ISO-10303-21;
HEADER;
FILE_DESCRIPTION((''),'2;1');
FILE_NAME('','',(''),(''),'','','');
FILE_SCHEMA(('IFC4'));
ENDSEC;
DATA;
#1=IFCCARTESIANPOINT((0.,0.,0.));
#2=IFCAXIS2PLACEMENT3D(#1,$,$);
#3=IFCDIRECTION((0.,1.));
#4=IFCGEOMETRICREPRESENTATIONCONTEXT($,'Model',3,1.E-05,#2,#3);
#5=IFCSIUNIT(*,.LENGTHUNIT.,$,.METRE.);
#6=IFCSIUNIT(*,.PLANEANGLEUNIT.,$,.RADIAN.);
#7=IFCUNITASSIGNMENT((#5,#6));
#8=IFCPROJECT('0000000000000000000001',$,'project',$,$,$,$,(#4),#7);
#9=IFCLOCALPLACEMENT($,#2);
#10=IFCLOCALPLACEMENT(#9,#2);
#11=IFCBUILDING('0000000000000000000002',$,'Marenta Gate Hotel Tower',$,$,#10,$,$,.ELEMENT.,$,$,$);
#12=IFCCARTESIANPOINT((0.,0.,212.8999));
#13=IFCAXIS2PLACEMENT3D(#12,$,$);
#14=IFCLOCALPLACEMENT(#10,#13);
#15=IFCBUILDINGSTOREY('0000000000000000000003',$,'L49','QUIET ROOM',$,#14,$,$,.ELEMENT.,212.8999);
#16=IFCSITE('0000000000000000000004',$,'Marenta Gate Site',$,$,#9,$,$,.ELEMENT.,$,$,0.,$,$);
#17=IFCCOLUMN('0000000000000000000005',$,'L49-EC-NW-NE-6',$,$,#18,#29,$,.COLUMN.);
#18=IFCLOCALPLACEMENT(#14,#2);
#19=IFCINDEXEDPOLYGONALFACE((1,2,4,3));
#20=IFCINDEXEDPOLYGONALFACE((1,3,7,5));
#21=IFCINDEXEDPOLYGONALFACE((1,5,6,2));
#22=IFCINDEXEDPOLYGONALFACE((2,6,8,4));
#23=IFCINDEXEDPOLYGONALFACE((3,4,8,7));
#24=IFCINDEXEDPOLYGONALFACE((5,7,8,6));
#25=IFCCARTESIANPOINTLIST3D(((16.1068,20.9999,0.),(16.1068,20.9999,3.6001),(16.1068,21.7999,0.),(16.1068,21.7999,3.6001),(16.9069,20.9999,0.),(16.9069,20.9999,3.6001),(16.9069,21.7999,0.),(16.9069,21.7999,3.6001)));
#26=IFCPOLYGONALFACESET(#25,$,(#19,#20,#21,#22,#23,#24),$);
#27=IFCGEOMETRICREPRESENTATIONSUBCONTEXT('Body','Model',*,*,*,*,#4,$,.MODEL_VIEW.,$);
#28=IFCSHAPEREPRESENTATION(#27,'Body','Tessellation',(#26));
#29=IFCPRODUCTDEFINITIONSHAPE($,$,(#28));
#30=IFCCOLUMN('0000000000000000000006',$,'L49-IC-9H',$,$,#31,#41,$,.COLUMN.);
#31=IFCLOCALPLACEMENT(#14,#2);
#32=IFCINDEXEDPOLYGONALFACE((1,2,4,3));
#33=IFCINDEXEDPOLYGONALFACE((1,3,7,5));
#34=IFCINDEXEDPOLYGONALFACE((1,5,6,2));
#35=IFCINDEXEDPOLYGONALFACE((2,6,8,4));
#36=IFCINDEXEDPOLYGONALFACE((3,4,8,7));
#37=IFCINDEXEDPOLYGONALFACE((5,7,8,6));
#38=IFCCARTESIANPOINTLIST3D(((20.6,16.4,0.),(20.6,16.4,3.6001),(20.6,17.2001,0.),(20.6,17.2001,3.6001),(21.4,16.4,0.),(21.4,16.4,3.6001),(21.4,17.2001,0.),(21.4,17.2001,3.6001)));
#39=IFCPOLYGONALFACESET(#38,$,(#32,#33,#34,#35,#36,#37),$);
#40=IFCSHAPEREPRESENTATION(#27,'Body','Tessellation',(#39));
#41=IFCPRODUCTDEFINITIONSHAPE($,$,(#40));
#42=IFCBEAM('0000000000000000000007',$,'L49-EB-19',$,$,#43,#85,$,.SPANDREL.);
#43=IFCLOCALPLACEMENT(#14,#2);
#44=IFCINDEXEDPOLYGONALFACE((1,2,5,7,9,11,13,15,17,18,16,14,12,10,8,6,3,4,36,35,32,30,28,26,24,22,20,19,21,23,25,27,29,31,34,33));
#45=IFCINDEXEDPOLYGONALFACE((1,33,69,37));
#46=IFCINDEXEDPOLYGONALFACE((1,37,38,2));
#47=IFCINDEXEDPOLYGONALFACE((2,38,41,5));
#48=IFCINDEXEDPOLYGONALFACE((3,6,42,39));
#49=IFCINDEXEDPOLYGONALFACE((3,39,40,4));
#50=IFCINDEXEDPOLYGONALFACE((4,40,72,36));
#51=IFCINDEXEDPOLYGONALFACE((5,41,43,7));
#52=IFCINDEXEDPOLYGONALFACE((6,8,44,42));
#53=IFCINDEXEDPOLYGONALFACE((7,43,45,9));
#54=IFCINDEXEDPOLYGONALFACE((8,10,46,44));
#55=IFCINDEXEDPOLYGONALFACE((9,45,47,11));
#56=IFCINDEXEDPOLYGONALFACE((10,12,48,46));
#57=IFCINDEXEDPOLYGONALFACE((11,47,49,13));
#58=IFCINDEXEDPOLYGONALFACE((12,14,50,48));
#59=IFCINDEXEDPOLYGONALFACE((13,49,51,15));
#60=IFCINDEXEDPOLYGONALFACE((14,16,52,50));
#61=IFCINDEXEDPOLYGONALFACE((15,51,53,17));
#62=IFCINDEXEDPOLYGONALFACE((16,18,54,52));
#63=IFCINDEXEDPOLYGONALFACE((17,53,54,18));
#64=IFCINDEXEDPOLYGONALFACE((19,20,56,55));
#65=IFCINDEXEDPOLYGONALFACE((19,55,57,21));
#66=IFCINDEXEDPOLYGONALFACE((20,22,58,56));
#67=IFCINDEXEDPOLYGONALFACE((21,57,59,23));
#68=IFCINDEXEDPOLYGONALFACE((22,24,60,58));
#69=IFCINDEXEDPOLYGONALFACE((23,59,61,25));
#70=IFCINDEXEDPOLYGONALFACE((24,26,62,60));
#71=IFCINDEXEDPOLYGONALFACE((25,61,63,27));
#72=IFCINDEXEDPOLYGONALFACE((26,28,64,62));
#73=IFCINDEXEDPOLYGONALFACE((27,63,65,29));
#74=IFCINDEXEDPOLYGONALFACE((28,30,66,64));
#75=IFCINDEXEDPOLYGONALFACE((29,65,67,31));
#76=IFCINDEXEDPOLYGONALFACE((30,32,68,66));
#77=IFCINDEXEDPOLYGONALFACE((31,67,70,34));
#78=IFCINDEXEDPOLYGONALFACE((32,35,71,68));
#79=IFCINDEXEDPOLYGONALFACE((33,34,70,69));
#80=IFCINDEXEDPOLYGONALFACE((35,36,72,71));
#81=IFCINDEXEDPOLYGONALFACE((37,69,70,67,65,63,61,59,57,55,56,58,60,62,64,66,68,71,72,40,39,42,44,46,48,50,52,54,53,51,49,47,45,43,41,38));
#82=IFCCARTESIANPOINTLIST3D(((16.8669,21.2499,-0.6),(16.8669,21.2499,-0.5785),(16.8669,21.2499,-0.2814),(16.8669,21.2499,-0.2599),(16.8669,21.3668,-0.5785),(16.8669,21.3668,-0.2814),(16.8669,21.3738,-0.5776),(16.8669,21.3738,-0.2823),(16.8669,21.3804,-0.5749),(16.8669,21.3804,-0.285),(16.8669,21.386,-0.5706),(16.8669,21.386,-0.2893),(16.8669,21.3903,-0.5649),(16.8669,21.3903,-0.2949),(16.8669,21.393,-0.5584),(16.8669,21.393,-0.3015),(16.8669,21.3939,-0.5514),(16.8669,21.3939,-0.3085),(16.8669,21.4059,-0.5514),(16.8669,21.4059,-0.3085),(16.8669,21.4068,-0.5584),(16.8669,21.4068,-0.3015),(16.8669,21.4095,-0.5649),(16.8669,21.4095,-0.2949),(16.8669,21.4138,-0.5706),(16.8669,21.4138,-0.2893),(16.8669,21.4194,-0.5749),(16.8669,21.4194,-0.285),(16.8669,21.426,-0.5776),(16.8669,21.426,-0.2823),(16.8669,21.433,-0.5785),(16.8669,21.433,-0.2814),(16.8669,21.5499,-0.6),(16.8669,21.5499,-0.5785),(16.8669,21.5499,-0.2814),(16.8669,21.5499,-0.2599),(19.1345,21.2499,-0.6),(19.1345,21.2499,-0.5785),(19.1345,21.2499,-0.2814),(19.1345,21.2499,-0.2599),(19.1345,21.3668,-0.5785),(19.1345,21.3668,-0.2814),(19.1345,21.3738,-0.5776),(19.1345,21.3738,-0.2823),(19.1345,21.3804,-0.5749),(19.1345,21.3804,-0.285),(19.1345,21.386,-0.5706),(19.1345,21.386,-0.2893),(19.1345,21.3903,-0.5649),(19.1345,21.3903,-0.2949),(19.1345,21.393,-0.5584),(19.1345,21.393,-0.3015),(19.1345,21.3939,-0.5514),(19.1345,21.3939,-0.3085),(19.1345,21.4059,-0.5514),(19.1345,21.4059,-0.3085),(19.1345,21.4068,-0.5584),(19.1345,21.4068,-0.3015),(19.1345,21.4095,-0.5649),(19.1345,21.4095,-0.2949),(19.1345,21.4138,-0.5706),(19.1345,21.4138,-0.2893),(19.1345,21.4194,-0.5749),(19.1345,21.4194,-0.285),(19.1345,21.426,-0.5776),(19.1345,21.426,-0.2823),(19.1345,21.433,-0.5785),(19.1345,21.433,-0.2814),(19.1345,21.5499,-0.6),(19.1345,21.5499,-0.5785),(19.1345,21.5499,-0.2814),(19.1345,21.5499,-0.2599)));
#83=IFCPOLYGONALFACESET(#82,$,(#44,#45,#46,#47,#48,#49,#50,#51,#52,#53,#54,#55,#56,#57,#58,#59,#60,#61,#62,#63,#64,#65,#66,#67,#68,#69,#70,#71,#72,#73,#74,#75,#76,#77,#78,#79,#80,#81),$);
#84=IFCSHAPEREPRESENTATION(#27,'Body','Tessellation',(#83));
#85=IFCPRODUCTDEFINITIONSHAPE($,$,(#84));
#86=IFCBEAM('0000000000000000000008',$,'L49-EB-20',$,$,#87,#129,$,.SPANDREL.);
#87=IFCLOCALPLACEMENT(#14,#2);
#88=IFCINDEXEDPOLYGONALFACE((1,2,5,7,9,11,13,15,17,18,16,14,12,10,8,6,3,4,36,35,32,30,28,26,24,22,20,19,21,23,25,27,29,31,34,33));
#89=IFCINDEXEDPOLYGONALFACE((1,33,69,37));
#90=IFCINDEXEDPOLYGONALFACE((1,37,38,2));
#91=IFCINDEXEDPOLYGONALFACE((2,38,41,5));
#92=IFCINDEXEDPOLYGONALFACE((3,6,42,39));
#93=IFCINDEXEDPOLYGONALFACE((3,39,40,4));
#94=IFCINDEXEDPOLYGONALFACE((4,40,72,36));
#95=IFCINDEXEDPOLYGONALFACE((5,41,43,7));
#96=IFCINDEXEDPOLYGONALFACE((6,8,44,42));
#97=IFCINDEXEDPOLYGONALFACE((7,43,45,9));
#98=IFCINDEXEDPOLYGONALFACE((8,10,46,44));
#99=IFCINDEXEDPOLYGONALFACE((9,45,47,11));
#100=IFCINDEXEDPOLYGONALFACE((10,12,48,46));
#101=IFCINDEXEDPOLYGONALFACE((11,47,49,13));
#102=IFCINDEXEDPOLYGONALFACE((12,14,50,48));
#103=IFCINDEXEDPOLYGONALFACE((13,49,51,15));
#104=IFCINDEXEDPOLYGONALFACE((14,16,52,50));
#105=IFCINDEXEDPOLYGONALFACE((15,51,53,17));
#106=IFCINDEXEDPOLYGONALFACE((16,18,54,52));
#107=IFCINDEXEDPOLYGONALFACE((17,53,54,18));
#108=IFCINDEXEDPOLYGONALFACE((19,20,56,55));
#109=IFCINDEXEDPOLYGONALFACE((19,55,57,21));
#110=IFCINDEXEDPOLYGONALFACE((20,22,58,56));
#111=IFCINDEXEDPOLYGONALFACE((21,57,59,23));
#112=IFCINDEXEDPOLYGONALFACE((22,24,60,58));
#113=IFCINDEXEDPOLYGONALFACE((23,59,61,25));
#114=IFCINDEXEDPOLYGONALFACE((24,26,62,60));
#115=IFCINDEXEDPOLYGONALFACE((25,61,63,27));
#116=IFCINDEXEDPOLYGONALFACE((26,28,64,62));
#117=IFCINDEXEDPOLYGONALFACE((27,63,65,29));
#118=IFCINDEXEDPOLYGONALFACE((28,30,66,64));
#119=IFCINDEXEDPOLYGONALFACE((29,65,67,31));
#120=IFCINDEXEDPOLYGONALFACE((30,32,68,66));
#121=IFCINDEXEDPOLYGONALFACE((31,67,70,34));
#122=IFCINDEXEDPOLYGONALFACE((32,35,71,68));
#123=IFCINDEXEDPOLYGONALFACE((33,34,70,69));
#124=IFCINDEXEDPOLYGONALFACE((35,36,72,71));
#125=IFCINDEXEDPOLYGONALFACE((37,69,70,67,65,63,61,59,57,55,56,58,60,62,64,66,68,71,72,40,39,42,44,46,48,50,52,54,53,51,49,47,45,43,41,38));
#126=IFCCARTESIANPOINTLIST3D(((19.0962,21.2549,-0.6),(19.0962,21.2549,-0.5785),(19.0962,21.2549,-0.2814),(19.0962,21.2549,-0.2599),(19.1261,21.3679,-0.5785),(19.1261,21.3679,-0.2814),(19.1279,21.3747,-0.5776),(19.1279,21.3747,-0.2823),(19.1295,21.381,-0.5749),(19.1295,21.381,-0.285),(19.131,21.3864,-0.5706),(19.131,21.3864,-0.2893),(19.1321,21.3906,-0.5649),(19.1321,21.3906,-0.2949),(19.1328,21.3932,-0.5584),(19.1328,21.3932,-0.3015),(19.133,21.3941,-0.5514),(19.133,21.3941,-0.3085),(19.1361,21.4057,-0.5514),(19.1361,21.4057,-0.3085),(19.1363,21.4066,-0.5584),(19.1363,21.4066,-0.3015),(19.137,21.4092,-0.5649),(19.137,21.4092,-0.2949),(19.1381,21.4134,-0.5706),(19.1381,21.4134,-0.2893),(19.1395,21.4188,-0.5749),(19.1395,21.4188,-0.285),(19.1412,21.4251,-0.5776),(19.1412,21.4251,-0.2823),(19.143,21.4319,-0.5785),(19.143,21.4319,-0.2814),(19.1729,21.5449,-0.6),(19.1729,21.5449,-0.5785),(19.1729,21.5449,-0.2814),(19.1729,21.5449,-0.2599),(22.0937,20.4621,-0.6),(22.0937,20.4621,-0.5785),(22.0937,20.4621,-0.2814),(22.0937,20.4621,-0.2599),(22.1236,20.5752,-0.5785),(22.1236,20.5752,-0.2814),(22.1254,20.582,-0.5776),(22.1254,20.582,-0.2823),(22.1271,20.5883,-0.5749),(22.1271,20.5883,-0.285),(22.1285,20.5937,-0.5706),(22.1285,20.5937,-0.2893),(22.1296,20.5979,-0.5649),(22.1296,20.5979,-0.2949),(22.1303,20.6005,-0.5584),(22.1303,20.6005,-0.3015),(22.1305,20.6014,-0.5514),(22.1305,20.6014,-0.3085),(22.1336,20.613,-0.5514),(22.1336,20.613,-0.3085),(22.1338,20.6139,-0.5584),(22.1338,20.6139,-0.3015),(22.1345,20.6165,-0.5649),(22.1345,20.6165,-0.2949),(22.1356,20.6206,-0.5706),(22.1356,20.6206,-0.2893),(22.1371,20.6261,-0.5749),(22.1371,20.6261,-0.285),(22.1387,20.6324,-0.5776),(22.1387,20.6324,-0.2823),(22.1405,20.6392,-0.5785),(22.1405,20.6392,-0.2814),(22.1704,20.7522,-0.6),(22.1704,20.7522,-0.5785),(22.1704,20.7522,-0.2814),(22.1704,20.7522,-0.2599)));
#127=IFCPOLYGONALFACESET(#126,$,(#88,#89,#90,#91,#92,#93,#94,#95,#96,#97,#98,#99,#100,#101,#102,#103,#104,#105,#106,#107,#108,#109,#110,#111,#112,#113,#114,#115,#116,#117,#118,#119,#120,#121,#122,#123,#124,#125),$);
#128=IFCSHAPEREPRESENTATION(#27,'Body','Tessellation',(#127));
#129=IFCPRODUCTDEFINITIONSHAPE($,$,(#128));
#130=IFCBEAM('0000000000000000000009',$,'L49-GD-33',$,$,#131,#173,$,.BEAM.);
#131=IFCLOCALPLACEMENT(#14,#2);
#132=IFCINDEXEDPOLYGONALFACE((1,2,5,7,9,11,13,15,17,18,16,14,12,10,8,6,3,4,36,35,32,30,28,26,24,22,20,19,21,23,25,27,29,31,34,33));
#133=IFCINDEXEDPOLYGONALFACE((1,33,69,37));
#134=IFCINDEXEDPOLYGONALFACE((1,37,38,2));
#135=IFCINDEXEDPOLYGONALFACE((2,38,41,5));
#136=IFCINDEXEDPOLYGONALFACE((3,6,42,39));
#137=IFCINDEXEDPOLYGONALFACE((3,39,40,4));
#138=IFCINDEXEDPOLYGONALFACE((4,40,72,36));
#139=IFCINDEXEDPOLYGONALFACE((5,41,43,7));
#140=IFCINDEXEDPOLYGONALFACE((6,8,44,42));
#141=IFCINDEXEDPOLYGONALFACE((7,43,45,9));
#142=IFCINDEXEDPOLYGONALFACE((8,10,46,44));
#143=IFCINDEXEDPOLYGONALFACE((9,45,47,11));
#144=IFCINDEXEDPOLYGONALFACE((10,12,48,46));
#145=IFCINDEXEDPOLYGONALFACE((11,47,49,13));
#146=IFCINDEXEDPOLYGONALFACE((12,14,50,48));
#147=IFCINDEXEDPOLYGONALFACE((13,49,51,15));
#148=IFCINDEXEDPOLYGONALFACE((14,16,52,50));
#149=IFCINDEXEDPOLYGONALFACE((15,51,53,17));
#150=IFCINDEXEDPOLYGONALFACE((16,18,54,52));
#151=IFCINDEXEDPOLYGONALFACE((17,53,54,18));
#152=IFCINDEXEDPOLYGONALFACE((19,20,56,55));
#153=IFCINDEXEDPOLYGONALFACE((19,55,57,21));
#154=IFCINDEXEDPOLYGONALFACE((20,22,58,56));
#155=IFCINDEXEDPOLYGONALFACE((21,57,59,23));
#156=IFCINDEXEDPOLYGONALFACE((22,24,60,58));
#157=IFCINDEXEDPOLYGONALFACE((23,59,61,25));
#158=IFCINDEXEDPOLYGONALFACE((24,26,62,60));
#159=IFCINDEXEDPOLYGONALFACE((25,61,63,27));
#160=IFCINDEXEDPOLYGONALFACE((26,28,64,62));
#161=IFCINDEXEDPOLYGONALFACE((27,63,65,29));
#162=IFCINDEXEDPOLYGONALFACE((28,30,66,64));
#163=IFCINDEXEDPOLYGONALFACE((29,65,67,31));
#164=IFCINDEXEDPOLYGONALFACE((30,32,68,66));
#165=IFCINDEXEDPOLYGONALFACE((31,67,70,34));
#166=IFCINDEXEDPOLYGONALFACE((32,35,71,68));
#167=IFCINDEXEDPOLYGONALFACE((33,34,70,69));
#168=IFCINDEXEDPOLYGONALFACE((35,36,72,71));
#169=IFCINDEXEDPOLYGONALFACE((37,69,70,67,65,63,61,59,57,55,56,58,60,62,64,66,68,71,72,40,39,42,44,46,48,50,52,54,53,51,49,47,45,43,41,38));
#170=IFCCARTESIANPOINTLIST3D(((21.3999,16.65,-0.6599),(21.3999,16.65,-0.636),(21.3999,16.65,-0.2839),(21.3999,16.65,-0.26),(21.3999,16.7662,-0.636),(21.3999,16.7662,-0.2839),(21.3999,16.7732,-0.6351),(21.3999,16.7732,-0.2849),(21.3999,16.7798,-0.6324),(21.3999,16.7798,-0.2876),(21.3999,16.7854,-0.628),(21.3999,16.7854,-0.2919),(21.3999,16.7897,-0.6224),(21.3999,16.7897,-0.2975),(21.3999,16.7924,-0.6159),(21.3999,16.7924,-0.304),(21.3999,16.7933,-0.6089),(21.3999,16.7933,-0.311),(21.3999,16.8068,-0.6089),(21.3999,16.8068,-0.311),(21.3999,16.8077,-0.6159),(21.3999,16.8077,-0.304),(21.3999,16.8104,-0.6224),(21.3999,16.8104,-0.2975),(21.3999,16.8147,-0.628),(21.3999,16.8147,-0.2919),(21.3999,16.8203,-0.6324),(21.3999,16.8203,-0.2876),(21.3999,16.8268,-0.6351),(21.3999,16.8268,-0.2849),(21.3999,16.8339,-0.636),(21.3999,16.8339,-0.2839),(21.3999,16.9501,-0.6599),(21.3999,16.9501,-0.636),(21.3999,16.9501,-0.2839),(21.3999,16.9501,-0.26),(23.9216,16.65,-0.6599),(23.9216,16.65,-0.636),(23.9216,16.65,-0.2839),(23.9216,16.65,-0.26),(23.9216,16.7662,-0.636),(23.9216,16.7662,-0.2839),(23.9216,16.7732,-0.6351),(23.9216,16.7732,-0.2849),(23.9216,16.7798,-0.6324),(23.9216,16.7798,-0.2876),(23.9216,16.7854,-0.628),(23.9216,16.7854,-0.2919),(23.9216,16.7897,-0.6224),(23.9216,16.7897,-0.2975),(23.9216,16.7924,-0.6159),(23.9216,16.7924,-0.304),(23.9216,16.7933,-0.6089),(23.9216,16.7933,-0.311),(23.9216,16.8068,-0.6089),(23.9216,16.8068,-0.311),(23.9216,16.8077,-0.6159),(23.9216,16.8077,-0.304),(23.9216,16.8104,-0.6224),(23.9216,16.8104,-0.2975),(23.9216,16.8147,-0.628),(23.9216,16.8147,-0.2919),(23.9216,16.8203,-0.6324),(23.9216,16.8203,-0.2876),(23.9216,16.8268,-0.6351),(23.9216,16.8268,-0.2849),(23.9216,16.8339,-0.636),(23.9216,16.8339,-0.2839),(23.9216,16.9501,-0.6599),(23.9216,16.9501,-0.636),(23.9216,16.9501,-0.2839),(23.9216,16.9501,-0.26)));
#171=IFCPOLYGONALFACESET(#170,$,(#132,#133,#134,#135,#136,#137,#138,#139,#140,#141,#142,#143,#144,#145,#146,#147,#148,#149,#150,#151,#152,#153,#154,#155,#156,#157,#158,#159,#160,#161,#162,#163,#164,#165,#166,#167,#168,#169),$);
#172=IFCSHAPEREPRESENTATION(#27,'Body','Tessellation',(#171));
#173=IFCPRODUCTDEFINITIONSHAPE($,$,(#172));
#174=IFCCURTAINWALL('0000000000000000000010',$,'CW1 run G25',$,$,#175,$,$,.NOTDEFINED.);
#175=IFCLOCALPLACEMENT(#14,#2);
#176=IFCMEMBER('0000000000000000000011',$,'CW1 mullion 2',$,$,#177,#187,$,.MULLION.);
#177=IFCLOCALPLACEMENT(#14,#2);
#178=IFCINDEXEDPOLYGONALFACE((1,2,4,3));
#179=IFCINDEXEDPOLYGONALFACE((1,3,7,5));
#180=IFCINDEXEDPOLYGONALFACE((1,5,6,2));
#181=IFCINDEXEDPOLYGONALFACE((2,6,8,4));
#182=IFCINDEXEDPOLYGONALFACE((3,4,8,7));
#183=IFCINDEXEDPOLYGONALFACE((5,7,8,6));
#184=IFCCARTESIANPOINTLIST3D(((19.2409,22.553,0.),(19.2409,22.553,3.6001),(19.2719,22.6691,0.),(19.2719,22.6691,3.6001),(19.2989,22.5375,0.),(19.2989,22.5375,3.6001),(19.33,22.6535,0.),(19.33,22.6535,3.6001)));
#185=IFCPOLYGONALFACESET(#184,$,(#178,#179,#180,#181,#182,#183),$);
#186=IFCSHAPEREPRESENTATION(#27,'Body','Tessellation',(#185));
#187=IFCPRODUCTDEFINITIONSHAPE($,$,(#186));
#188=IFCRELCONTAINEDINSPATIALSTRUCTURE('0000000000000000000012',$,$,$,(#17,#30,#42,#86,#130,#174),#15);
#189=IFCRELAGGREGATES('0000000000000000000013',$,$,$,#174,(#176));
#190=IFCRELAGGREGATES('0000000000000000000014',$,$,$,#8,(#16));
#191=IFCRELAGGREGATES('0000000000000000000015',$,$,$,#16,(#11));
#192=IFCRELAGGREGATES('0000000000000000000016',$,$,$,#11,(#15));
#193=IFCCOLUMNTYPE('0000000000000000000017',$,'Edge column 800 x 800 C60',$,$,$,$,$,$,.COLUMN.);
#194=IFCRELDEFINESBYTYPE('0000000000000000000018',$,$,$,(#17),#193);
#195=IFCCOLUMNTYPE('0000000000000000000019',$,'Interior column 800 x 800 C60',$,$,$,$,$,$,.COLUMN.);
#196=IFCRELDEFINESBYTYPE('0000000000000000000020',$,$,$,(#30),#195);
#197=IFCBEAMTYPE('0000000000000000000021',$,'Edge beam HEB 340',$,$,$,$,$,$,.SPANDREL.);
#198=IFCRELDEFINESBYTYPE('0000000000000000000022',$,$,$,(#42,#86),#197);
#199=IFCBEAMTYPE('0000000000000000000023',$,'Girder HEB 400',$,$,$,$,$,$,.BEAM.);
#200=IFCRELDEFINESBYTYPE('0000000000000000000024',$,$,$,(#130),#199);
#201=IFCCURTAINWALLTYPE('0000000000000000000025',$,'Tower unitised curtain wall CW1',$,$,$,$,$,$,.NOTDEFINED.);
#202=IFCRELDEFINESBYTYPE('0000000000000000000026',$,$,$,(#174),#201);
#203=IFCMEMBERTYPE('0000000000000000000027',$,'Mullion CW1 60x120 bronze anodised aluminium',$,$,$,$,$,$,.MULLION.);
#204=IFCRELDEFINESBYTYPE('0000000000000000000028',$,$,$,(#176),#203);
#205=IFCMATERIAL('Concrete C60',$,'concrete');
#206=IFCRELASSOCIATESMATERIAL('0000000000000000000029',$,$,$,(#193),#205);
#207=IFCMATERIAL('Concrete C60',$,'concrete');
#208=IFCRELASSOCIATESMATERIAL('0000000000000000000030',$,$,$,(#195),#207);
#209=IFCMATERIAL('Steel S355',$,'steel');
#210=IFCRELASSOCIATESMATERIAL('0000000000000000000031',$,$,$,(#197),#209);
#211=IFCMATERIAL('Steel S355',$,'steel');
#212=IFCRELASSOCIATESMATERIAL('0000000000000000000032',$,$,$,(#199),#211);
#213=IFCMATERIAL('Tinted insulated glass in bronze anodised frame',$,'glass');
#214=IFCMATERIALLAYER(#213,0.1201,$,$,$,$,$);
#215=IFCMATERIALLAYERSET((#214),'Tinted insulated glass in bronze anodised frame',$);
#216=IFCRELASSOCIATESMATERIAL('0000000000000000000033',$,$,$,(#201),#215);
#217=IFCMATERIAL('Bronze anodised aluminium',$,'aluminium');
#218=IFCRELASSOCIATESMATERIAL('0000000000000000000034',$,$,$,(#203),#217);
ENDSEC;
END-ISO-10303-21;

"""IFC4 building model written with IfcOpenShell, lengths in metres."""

from ifc_helpers import new_model, si_unit, direction, frame, origin, origin_2d, place, context, subcontext, project, spatial, rectangle, i_section, extrude, material, layer, layer_set, material_profile, profile_set, type_object, element, aggregate, save


model = new_model("IFC4")

# Units and contexts
model_context = context("Model", 3, precision=1e-05, world=origin(), true_north=direction((0.0, 1.0)))
body_context = subcontext(model_context, "Body", "Model", "MODEL_VIEW")
ifc_project = project(units=[si_unit("LENGTHUNIT", "METRE"), si_unit("PLANEANGLEUNIT", "RADIAN")], contexts=[model_context])

# Site, building, storey
site_placement = place(None, origin())
site = spatial("IfcSite", under=ifc_project, at=site_placement, Name="Marenta Gate Site", CompositionType="ELEMENT", RefElevation=0.0)
building_placement = place(site_placement, origin())
building = spatial("IfcBuilding", under=site, at=building_placement, Name="Marenta Gate Hotel Tower", CompositionType="ELEMENT")
storey_placement = place(building_placement, frame((0.0, 0.0, 212.8999)))
storey = spatial("IfcBuildingStorey", under=building, at=storey_placement, Name="L49", Description="QUIET ROOM", CompositionType="ELEMENT", Elevation=212.8999)

# Columns
ifc_material_1 = material(Name="Concrete C60", Category="concrete")
ifc_material_profile_1 = material_profile(ifc_material_1, rectangle(XDim=0.8, YDim=0.8, at=origin_2d()), Name="800 x 800")
ifc_profile_set_1 = profile_set([ifc_material_profile_1], Name="Concrete C60")
column_type_1 = type_object("IfcColumnType", Name="Edge column 800 x 800 C60", PredefinedType="COLUMN", material=ifc_profile_set_1)
column_1_placement = place(storey_placement, frame((16.5068, 21.3999, 0.0), z_axis=(0.0, 0.0, 1.0), x_axis=(1.0, 0.0, 0.0)))
element("IfcColumn", 1, at=column_1_placement, inside=storey, type_object=column_type_1, Name="L49-EC-NW-NE-6", PredefinedType="COLUMN", context=body_context, shape_type="SweptSolid", body=[
    extrude(rectangle(XDim=0.8, YDim=0.8, at=origin_2d()), origin(), (0.0, 0.0, 1.0), 3.6001),
])
ifc_material_2 = material(Name="Concrete C60", Category="concrete")
ifc_material_profile_2 = material_profile(ifc_material_2, rectangle(XDim=0.8, YDim=0.8, at=origin_2d()), Name="800 x 800")
ifc_profile_set_2 = profile_set([ifc_material_profile_2], Name="Concrete C60")
column_type_2 = type_object("IfcColumnType", Name="Interior column 800 x 800 C60", PredefinedType="COLUMN", material=ifc_profile_set_2)
column_2_placement = place(storey_placement, frame((21.0, 16.8, 0.0), z_axis=(0.0, 0.0, 1.0), x_axis=(1.0, 0.0, 0.0)))
element("IfcColumn", 2, at=column_2_placement, inside=storey, type_object=column_type_2, Name="L49-IC-9H", PredefinedType="COLUMN", context=body_context, shape_type="SweptSolid", body=[
    extrude(rectangle(XDim=0.8, YDim=0.8, at=origin_2d()), origin(), (0.0, 0.0, 1.0), 3.6001),
])

# Beams
ifc_material_3 = material(Name="Steel S355", Category="steel")
ifc_material_profile_3 = material_profile(ifc_material_3, i_section(OverallWidth=0.3, OverallDepth=0.3401, WebThickness=0.012, FlangeThickness=0.0215, FilletRadius=0.0271, at=origin_2d()), Name="HEB 340")
ifc_profile_set_3 = profile_set([ifc_material_profile_3], Name="Steel S355")
beam_type_1 = type_object("IfcBeamType", Name="Edge beam HEB 340", PredefinedType="SPANDREL", material=ifc_profile_set_3)
beam_1_placement = place(storey_placement, frame((16.8669, 21.3999, -0.4299), z_axis=(1.0, 0.0, 0.0), x_axis=(0.0, 1.0, 0.0)))
element("IfcBeam", 3, at=beam_1_placement, inside=storey, type_object=beam_type_1, Name="L49-EB-19", PredefinedType="SPANDREL", context=body_context, shape_type="SweptSolid", body=[
    extrude(i_section(OverallWidth=0.3, OverallDepth=0.3401, WebThickness=0.012, FlangeThickness=0.0215, FilletRadius=0.0271, at=origin_2d()), origin(), (0.0, 0.0, 1.0), 2.2676),
])
beam_2_placement = place(storey_placement, frame((19.1345, 21.3999, -0.4299), z_axis=(0.966765, -0.255667, 0.0), x_axis=(0.255667, 0.966765, 0.0)))
element("IfcBeam", 4, at=beam_2_placement, inside=storey, type_object=beam_type_1, Name="L49-EB-20", PredefinedType="SPANDREL", context=body_context, shape_type="SweptSolid", body=[
    extrude(i_section(OverallWidth=0.3, OverallDepth=0.3401, WebThickness=0.012, FlangeThickness=0.0215, FilletRadius=0.0271, at=origin_2d()), origin(), (0.0, 0.0, 1.0), 3.1006),
])
ifc_material_4 = material(Name="Steel S355", Category="steel")
ifc_material_profile_4 = material_profile(ifc_material_4, i_section(OverallWidth=0.3, OverallDepth=0.3999, WebThickness=0.0134, FlangeThickness=0.0239, FilletRadius=0.0271, at=origin_2d()), Name="HEB 400")
ifc_profile_set_4 = profile_set([ifc_material_profile_4], Name="Steel S355")
beam_type_2 = type_object("IfcBeamType", Name="Girder HEB 400", PredefinedType="BEAM", material=ifc_profile_set_4)
beam_3_placement = place(storey_placement, frame((21.3999, 16.8, -0.46), z_axis=(1.0, 0.0, 0.0), x_axis=(0.0, 1.0, 0.0)))
element("IfcBeam", 5, at=beam_3_placement, inside=storey, type_object=beam_type_2, Name="L49-GD-33", PredefinedType="BEAM", context=body_context, shape_type="SweptSolid", body=[
    extrude(i_section(OverallWidth=0.3, OverallDepth=0.3999, WebThickness=0.0134, FlangeThickness=0.0239, FilletRadius=0.0271, at=origin_2d()), origin(), (0.0, 0.0, 1.0), 2.5217),
])

# Curtain wall, member
ifc_material_5 = material(Name="Tinted insulated glass in bronze anodised frame", Category="glass")
ifc_layer_1 = layer(ifc_material_5, 0.1201)
ifc_layer_set_1 = layer_set([ifc_layer_1], Name="Tinted insulated glass in bronze anodised frame")
curtain_wall_type = type_object("IfcCurtainWallType", Name="Tower unitised curtain wall CW1", PredefinedType="NOTDEFINED", material=ifc_layer_set_1)
curtain_wall_placement = place(storey_placement, origin())
curtain_wall = element("IfcCurtainWall", 6, at=curtain_wall_placement, inside=storey, type_object=curtain_wall_type, Name="CW1 run G25", PredefinedType="NOTDEFINED")
ifc_material_6 = material(Name="Bronze anodised aluminium", Category="aluminium")
ifc_material_profile_5 = material_profile(ifc_material_6, rectangle(XDim=0.1201, YDim=0.0601, at=origin_2d()), Name="Mullion CW1 60x120 bronze anodised aluminium")
ifc_profile_set_5 = profile_set([ifc_material_profile_5], Name="Bronze anodised aluminium")
member_type_1 = type_object("IfcMemberType", Name="Mullion CW1 60x120 bronze anodised aluminium", PredefinedType="MULLION", material=ifc_profile_set_5)
member_1_placement = place(storey_placement, frame((19.2854, 22.6033, 0.0), z_axis=(0.0, 0.0, 1.0), x_axis=(-0.258805, -0.96593, 0.0)))
member_1 = element("IfcMember", 7, at=member_1_placement, type_object=member_type_1, Name="CW1 mullion 2", PredefinedType="MULLION", context=body_context, shape_type="SweptSolid", body=[
    extrude(rectangle(XDim=0.1201, YDim=0.0601, at=origin_2d()), origin(), (0.0, 0.0, 1.0), 3.6001),
])
aggregate(curtain_wall, [member_1])

save(model, "model.ifc")
